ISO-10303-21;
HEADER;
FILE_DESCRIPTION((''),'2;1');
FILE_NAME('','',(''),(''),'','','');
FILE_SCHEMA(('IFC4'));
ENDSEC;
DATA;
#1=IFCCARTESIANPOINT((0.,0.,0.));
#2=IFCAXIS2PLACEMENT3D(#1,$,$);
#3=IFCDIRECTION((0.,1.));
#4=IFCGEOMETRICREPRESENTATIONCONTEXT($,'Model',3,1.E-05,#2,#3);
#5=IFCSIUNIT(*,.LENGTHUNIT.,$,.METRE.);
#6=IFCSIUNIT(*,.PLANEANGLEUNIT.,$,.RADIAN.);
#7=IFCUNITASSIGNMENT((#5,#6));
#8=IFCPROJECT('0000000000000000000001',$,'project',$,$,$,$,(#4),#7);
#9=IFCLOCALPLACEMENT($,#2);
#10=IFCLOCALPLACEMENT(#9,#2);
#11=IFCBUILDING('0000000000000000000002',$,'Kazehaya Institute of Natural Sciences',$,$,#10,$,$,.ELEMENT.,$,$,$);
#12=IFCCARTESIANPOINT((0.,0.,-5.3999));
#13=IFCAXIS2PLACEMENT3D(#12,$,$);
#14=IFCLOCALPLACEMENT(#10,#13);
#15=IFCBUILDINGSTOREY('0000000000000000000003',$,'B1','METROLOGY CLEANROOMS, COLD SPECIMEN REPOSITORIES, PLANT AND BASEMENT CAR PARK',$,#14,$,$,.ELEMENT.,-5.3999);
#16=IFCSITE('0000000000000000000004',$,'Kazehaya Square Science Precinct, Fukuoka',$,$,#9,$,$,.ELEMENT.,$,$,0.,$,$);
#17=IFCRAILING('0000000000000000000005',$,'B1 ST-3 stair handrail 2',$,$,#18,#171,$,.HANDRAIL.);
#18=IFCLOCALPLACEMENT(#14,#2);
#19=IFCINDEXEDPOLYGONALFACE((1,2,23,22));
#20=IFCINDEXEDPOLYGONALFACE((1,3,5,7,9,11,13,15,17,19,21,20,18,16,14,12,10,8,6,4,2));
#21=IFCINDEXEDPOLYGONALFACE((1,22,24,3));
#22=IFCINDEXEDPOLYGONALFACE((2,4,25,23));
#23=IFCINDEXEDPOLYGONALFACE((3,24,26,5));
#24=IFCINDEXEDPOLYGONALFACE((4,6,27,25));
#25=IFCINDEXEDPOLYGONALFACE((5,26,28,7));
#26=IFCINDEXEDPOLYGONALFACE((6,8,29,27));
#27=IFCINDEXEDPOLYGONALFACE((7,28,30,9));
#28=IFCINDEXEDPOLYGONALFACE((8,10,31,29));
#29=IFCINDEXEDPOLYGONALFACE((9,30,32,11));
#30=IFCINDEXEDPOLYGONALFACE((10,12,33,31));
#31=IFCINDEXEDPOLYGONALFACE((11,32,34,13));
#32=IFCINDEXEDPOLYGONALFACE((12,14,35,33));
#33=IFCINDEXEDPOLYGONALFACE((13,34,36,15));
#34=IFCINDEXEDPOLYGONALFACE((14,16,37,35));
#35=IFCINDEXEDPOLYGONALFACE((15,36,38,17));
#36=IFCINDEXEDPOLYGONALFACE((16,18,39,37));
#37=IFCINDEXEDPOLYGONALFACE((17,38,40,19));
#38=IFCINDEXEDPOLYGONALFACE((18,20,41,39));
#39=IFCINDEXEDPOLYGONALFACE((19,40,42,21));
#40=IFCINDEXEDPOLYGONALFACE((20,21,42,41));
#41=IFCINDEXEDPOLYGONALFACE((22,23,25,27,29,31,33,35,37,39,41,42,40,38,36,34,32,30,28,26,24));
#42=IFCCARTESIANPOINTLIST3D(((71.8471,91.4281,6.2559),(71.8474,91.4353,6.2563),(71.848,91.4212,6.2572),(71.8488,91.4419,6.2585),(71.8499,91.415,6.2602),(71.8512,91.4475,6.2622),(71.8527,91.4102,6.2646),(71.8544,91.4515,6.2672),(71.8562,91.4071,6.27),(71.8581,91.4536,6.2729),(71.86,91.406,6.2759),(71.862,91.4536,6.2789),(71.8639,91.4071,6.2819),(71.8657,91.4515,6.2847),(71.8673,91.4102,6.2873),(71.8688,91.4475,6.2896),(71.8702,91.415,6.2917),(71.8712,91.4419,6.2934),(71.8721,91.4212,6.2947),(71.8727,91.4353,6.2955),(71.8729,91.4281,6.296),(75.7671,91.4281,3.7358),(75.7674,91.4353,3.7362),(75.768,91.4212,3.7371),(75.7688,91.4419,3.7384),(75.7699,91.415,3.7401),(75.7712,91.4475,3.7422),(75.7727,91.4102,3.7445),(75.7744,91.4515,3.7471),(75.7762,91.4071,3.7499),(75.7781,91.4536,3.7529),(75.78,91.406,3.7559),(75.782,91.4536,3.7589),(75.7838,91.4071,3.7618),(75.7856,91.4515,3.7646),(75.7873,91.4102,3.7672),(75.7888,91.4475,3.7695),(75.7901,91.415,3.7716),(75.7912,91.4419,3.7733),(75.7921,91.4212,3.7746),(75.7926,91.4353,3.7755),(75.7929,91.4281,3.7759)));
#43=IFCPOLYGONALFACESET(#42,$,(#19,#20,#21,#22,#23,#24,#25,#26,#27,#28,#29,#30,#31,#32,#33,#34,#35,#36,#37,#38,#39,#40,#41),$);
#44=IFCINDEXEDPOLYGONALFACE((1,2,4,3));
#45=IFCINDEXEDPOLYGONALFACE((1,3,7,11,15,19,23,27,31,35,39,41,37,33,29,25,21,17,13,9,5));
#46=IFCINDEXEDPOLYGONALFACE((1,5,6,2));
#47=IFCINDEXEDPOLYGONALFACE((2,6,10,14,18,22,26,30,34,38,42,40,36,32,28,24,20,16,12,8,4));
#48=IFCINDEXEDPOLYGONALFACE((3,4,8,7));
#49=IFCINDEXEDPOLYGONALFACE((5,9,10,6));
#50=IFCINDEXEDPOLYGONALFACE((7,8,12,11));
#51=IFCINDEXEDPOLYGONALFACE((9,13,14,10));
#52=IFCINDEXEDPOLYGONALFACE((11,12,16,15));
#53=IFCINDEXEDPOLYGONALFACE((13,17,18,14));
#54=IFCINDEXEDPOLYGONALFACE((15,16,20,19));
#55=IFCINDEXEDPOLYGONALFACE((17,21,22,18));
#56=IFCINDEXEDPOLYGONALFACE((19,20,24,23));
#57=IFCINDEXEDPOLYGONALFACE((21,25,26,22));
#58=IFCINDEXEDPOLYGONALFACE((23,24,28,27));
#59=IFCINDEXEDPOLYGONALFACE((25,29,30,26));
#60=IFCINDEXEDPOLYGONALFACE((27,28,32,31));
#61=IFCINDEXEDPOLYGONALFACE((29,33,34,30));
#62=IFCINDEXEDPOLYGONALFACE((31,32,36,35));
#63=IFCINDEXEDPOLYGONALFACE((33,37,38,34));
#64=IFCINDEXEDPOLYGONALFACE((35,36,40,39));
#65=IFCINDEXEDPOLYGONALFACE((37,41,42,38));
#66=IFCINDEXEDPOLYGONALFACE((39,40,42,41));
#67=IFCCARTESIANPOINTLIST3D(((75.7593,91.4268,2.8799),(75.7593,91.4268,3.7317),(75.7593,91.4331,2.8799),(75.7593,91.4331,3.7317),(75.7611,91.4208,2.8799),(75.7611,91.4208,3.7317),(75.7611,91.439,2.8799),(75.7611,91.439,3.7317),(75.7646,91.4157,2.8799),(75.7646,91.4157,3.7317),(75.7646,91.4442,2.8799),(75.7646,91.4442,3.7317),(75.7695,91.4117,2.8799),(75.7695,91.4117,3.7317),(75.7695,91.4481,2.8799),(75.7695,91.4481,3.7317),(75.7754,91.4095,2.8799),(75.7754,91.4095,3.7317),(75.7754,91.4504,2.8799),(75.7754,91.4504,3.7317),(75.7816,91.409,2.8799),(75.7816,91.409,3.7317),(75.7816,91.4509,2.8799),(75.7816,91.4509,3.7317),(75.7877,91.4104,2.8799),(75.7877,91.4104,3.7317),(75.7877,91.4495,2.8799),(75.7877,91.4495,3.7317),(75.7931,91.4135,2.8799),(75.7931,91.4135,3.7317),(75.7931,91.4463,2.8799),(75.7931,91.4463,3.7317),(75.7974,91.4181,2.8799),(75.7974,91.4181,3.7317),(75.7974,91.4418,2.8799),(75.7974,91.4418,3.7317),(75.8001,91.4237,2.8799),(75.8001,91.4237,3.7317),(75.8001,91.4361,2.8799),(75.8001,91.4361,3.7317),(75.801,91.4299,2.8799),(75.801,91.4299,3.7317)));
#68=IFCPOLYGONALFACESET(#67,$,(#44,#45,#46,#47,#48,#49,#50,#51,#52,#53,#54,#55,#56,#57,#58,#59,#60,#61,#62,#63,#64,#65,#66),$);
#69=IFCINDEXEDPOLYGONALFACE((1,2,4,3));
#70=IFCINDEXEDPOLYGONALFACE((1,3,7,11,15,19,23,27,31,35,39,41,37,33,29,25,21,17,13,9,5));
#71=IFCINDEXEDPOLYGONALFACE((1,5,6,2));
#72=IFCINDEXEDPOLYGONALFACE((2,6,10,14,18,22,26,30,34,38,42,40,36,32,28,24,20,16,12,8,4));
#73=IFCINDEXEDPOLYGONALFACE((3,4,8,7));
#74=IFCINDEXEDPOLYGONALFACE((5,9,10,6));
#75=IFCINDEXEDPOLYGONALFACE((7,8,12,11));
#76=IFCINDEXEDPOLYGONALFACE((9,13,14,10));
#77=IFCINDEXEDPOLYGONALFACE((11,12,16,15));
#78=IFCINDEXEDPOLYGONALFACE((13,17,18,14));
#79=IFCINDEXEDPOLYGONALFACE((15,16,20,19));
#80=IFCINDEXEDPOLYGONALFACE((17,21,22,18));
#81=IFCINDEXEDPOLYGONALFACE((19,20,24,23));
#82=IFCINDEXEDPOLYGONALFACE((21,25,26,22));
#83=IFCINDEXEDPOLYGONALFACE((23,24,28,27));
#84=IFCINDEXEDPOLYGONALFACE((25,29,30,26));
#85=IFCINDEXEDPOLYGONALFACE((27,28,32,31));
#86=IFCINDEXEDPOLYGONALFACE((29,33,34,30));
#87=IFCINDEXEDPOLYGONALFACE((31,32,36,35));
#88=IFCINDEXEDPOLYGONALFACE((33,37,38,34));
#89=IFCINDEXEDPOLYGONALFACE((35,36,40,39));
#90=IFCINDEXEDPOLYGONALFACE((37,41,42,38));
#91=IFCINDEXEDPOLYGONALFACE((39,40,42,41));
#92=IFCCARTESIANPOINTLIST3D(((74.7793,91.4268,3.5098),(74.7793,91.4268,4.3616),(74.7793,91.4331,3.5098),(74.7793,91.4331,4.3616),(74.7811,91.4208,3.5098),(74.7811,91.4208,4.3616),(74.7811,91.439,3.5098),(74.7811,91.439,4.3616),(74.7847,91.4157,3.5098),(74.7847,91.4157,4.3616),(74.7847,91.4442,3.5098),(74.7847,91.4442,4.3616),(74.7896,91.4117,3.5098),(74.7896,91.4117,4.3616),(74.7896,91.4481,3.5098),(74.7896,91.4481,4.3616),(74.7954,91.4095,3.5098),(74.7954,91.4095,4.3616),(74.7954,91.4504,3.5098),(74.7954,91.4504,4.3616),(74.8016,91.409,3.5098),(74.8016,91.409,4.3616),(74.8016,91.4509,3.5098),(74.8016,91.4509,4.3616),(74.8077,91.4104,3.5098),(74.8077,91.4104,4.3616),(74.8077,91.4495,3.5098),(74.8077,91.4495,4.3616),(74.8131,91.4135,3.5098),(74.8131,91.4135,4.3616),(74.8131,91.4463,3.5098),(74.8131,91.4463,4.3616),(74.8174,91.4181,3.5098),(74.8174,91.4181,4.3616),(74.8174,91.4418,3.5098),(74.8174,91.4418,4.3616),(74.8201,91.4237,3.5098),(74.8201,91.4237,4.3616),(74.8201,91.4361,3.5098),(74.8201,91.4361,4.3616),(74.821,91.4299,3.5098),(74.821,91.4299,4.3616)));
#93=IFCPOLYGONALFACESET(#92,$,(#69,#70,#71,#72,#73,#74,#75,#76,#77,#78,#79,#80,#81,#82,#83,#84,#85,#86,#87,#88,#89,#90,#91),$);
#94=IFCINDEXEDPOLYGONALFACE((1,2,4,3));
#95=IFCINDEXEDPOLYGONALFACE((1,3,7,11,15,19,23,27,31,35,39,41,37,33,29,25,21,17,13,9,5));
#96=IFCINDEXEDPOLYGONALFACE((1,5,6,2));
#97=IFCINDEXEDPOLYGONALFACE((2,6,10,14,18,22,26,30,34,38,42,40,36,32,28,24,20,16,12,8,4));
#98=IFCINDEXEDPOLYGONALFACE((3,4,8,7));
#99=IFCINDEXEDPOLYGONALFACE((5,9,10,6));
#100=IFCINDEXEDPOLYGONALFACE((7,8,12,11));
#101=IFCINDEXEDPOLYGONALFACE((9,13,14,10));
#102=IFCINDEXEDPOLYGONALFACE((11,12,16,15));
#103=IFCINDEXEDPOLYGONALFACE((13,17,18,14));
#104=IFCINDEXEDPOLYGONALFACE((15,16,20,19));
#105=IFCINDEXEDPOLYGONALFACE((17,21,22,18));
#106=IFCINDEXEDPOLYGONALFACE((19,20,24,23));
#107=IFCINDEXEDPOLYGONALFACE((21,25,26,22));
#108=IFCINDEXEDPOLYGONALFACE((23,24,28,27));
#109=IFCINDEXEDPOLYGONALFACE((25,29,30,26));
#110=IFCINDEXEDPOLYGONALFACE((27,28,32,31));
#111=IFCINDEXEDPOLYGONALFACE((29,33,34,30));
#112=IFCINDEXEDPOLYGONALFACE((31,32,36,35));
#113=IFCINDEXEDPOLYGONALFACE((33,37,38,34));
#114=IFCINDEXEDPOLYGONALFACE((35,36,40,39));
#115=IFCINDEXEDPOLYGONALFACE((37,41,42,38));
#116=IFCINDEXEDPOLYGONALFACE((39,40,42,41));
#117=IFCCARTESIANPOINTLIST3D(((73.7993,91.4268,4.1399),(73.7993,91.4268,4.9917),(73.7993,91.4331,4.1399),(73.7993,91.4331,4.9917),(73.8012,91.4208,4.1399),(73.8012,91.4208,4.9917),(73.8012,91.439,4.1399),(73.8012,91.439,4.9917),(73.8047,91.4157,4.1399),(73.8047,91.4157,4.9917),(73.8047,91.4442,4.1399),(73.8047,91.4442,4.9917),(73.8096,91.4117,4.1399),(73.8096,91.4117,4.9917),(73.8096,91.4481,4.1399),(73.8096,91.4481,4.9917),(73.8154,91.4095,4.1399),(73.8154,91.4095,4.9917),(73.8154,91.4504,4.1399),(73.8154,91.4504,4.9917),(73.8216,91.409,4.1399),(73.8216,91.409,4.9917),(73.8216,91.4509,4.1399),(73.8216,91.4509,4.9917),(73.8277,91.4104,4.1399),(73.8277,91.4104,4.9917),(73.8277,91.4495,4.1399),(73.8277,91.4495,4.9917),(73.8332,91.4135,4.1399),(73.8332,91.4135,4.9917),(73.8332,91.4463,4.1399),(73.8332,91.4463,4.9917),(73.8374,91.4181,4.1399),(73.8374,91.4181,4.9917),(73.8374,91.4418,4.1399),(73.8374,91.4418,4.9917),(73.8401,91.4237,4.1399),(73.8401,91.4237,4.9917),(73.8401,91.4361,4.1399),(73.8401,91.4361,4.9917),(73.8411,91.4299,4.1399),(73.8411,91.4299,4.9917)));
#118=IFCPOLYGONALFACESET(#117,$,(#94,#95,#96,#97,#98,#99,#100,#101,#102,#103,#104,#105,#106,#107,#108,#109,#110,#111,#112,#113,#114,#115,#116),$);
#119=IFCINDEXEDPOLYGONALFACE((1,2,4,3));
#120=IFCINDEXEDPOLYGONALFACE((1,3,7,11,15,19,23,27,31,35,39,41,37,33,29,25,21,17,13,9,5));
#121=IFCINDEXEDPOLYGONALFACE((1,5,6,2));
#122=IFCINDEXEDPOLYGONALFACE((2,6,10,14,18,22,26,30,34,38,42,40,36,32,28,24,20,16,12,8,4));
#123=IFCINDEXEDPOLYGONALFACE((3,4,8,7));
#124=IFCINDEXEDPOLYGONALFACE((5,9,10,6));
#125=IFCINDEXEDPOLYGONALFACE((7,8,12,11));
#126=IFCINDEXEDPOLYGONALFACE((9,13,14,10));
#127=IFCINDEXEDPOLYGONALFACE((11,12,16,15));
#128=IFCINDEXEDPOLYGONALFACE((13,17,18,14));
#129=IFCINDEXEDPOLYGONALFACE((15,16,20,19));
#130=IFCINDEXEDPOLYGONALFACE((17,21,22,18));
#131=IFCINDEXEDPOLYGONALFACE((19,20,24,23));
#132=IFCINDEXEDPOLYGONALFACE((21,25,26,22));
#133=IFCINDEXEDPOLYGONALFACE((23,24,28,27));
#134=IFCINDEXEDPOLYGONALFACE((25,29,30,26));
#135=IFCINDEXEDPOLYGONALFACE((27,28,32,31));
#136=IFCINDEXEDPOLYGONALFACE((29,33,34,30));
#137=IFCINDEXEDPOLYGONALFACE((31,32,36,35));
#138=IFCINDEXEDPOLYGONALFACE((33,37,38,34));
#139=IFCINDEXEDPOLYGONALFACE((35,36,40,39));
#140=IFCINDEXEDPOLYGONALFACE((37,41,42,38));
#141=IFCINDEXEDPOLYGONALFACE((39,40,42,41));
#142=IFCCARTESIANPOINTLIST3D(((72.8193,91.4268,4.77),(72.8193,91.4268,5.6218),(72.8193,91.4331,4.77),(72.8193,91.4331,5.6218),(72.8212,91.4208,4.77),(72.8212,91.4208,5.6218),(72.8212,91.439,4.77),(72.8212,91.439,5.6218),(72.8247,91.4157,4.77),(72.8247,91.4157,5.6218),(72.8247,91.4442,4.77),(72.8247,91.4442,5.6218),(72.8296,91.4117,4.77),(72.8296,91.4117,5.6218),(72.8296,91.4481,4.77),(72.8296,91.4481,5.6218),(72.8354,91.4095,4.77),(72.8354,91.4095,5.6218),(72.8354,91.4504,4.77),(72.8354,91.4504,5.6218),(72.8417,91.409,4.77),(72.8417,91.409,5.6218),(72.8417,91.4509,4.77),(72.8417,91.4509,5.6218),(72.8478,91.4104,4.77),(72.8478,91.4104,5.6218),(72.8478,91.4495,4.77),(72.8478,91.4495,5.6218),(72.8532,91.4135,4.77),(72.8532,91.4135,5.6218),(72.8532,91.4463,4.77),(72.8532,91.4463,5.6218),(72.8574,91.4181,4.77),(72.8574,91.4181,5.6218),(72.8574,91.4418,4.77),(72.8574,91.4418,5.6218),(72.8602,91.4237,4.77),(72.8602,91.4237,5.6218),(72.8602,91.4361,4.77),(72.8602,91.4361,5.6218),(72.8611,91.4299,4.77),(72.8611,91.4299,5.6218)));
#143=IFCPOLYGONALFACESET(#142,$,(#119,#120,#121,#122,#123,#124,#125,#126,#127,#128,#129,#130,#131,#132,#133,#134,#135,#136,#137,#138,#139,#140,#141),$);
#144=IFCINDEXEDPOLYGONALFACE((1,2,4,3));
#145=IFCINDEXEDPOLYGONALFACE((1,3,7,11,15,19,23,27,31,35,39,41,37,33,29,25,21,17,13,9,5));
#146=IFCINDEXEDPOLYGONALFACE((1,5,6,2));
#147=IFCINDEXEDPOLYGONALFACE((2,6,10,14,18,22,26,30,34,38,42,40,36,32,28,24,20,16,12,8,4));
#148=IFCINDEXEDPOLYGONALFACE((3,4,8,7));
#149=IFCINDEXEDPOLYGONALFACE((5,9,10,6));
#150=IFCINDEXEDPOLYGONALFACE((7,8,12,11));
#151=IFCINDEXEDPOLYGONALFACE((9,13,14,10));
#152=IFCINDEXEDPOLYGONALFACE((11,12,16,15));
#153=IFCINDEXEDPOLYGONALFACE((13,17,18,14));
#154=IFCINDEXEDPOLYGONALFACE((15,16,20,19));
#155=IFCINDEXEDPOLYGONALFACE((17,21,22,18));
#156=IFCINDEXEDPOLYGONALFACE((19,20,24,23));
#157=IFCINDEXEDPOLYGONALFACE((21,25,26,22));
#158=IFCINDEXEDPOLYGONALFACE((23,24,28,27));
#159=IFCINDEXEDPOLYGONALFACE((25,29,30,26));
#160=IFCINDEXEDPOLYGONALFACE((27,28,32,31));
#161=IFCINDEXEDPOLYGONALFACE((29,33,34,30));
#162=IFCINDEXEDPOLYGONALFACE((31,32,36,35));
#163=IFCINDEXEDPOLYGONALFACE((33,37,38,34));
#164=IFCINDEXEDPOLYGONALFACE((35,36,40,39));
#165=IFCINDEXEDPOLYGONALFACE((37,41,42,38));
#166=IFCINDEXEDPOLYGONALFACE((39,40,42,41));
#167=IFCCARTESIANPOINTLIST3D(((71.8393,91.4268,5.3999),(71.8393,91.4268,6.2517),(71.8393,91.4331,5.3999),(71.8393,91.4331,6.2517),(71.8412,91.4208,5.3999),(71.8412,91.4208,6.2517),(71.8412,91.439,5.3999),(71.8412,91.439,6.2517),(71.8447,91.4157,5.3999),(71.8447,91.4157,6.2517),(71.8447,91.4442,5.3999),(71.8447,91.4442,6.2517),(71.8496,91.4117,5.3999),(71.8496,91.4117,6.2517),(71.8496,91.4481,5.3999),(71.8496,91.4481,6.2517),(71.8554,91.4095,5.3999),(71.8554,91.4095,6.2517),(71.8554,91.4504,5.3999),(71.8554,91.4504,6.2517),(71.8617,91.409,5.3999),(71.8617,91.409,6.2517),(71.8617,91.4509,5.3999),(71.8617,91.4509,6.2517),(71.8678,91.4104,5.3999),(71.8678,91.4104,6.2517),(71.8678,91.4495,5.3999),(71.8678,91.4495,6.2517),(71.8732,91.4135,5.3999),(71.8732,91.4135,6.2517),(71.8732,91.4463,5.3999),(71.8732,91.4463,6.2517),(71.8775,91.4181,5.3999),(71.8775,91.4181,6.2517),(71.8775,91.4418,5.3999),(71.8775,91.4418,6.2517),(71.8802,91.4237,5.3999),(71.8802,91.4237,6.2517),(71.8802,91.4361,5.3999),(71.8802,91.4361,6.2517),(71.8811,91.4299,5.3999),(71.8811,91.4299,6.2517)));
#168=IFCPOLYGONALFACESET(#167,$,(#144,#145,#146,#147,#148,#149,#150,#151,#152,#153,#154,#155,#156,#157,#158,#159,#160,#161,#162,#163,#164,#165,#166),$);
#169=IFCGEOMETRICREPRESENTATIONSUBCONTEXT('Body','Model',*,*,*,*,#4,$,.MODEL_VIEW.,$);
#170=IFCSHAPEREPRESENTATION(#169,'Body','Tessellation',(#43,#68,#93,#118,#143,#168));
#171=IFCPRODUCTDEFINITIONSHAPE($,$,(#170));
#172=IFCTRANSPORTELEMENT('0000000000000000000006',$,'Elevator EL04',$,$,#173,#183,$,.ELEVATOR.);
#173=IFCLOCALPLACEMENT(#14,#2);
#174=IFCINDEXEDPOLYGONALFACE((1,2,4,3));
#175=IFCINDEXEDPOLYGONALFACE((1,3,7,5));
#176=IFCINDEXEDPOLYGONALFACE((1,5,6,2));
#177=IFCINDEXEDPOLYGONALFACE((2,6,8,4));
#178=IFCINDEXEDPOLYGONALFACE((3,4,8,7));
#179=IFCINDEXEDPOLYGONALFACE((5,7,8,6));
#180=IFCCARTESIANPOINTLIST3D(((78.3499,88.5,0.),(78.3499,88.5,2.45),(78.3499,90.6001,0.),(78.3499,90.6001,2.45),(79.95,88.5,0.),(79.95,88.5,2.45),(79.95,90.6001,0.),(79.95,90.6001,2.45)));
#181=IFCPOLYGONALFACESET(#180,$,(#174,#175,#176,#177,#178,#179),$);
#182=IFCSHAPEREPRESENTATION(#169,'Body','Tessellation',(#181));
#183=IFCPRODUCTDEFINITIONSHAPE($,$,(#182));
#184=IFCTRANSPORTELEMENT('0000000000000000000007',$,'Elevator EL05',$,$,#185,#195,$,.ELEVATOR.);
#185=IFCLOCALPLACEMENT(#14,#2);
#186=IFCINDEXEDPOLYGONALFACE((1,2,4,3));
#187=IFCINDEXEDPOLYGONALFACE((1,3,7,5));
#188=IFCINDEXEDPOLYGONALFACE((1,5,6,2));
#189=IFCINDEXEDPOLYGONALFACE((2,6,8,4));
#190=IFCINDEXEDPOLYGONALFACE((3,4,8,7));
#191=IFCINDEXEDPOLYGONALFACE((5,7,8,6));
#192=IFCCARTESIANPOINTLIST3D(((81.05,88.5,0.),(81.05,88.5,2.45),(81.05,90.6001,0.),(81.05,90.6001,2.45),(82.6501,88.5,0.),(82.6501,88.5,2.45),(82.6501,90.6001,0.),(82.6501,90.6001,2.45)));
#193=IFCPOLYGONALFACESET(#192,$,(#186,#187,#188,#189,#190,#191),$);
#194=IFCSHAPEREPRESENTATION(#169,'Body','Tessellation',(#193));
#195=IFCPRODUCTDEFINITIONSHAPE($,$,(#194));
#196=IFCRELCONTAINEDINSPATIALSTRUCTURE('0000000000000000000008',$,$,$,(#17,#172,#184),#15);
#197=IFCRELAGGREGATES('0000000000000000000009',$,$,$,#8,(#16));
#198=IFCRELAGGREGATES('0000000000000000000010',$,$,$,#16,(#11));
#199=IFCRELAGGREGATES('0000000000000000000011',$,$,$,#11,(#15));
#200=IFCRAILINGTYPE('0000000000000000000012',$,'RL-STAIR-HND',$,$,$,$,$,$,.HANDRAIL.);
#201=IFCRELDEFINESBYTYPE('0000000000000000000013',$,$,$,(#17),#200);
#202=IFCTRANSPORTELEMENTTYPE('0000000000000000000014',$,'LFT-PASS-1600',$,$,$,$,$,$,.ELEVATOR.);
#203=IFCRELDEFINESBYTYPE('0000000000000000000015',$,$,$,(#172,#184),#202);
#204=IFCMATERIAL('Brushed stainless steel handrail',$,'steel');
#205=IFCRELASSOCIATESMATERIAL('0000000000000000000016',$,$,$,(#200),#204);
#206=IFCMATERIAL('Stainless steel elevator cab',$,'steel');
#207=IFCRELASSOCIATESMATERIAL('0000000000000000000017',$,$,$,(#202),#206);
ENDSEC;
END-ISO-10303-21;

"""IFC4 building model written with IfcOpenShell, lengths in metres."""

from ifc_helpers import new_model, si_unit, direction, frame, origin, origin_2d, place, context, subcontext, project, spatial, rectangle, circle, extrude, material, type_object, element, save


model = new_model("IFC4")

# Units and contexts
model_context = context("Model", 3, precision=1e-05, world=origin(), true_north=direction((0.0, 1.0)))
body_context = subcontext(model_context, "Body", "Model", "MODEL_VIEW")
ifc_project = project(units=[si_unit("LENGTHUNIT", "METRE"), si_unit("PLANEANGLEUNIT", "RADIAN")], contexts=[model_context])

# Site, building, storey
site_placement = place(None, origin())
site = spatial("IfcSite", under=ifc_project, at=site_placement, Name="Kazehaya Square Science Precinct, Fukuoka", CompositionType="ELEMENT", RefElevation=0.0)
building_placement = place(site_placement, origin())
building = spatial("IfcBuilding", under=site, at=building_placement, Name="Kazehaya Institute of Natural Sciences", CompositionType="ELEMENT")
storey_placement = place(building_placement, frame((0.0, 0.0, -5.3999)))
storey = spatial("IfcBuildingStorey", under=building, at=storey_placement, Name="B1", Description="METROLOGY CLEANROOMS, COLD SPECIMEN REPOSITORIES, PLANT AND BASEMENT CAR PARK", CompositionType="ELEMENT", Elevation=-5.3999)

# Railing
ifc_material_1 = material(Name="Brushed stainless steel handrail", Category="steel")
railing_type_1 = type_object("IfcRailingType", Name="RL-STAIR-HND", PredefinedType="HANDRAIL", material=ifc_material_1)
railing_1_placement = place(storey_placement, frame((75.78, 91.4299, 2.8799)))
element("IfcRailing", 1, at=railing_1_placement, inside=storey, type_object=railing_type_1, Name="B1 ST-3 stair handrail 2", PredefinedType="HANDRAIL", context=body_context, shape_type="SweptSolid", body=[
    extrude(circle(Radius=0.0239, at=origin_2d()), frame((0.0, 0.0, 0.876), z_axis=(-0.841172, 0.0, 0.540768), x_axis=(0.0, -1.0, 0.0)), (0.0, 0.0, 1.0), 4.6602),
    extrude(circle(Radius=0.021, at=origin_2d()), origin(), (0.0, 0.0, 1.0), 0.8518),
    extrude(circle(Radius=0.021, at=origin_2d()), frame((-0.98, 0.0, 0.6299)), (0.0, 0.0, 1.0), 0.8518),
    extrude(circle(Radius=0.021, at=origin_2d()), frame((-1.96, 0.0, 1.26)), (0.0, 0.0, 1.0), 0.8518),
    extrude(circle(Radius=0.021, at=origin_2d()), frame((-2.9399, 0.0, 1.8901)), (0.0, 0.0, 1.0), 0.8518),
    extrude(circle(Radius=0.021, at=origin_2d()), frame((-3.9199, 0.0, 2.52)), (0.0, 0.0, 1.0), 0.8518),
])

# Transport elements
ifc_material_2 = material(Name="Stainless steel elevator cab", Category="steel")
transport_element_type = type_object("IfcTransportElementType", Name="LFT-PASS-1600", PredefinedType="ELEVATOR", material=ifc_material_2)
for number, where, z_axis, x_axis, name in (
    (2, (79.1499, 89.55, 0.0), (0.0, 0.0, 1.0), (1.0, 0.0, 0.0), "Elevator EL04"),
    (3, (81.8501, 89.55, 0.0), (0.0, 0.0, 1.0), (1.0, 0.0, 0.0), "Elevator EL05"),
):
    element("IfcTransportElement", number, at=place(storey_placement, frame(where, z_axis=z_axis, x_axis=x_axis)), inside=storey, type_object=transport_element_type, Name=name, PredefinedType="ELEVATOR", context=body_context, shape_type="SweptSolid", body=[
        extrude(rectangle(XDim=1.6001, YDim=2.1001, at=origin_2d()), origin(), (0.0, 0.0, 1.0), 2.45),
    ])

save(model, "model.ifc")
